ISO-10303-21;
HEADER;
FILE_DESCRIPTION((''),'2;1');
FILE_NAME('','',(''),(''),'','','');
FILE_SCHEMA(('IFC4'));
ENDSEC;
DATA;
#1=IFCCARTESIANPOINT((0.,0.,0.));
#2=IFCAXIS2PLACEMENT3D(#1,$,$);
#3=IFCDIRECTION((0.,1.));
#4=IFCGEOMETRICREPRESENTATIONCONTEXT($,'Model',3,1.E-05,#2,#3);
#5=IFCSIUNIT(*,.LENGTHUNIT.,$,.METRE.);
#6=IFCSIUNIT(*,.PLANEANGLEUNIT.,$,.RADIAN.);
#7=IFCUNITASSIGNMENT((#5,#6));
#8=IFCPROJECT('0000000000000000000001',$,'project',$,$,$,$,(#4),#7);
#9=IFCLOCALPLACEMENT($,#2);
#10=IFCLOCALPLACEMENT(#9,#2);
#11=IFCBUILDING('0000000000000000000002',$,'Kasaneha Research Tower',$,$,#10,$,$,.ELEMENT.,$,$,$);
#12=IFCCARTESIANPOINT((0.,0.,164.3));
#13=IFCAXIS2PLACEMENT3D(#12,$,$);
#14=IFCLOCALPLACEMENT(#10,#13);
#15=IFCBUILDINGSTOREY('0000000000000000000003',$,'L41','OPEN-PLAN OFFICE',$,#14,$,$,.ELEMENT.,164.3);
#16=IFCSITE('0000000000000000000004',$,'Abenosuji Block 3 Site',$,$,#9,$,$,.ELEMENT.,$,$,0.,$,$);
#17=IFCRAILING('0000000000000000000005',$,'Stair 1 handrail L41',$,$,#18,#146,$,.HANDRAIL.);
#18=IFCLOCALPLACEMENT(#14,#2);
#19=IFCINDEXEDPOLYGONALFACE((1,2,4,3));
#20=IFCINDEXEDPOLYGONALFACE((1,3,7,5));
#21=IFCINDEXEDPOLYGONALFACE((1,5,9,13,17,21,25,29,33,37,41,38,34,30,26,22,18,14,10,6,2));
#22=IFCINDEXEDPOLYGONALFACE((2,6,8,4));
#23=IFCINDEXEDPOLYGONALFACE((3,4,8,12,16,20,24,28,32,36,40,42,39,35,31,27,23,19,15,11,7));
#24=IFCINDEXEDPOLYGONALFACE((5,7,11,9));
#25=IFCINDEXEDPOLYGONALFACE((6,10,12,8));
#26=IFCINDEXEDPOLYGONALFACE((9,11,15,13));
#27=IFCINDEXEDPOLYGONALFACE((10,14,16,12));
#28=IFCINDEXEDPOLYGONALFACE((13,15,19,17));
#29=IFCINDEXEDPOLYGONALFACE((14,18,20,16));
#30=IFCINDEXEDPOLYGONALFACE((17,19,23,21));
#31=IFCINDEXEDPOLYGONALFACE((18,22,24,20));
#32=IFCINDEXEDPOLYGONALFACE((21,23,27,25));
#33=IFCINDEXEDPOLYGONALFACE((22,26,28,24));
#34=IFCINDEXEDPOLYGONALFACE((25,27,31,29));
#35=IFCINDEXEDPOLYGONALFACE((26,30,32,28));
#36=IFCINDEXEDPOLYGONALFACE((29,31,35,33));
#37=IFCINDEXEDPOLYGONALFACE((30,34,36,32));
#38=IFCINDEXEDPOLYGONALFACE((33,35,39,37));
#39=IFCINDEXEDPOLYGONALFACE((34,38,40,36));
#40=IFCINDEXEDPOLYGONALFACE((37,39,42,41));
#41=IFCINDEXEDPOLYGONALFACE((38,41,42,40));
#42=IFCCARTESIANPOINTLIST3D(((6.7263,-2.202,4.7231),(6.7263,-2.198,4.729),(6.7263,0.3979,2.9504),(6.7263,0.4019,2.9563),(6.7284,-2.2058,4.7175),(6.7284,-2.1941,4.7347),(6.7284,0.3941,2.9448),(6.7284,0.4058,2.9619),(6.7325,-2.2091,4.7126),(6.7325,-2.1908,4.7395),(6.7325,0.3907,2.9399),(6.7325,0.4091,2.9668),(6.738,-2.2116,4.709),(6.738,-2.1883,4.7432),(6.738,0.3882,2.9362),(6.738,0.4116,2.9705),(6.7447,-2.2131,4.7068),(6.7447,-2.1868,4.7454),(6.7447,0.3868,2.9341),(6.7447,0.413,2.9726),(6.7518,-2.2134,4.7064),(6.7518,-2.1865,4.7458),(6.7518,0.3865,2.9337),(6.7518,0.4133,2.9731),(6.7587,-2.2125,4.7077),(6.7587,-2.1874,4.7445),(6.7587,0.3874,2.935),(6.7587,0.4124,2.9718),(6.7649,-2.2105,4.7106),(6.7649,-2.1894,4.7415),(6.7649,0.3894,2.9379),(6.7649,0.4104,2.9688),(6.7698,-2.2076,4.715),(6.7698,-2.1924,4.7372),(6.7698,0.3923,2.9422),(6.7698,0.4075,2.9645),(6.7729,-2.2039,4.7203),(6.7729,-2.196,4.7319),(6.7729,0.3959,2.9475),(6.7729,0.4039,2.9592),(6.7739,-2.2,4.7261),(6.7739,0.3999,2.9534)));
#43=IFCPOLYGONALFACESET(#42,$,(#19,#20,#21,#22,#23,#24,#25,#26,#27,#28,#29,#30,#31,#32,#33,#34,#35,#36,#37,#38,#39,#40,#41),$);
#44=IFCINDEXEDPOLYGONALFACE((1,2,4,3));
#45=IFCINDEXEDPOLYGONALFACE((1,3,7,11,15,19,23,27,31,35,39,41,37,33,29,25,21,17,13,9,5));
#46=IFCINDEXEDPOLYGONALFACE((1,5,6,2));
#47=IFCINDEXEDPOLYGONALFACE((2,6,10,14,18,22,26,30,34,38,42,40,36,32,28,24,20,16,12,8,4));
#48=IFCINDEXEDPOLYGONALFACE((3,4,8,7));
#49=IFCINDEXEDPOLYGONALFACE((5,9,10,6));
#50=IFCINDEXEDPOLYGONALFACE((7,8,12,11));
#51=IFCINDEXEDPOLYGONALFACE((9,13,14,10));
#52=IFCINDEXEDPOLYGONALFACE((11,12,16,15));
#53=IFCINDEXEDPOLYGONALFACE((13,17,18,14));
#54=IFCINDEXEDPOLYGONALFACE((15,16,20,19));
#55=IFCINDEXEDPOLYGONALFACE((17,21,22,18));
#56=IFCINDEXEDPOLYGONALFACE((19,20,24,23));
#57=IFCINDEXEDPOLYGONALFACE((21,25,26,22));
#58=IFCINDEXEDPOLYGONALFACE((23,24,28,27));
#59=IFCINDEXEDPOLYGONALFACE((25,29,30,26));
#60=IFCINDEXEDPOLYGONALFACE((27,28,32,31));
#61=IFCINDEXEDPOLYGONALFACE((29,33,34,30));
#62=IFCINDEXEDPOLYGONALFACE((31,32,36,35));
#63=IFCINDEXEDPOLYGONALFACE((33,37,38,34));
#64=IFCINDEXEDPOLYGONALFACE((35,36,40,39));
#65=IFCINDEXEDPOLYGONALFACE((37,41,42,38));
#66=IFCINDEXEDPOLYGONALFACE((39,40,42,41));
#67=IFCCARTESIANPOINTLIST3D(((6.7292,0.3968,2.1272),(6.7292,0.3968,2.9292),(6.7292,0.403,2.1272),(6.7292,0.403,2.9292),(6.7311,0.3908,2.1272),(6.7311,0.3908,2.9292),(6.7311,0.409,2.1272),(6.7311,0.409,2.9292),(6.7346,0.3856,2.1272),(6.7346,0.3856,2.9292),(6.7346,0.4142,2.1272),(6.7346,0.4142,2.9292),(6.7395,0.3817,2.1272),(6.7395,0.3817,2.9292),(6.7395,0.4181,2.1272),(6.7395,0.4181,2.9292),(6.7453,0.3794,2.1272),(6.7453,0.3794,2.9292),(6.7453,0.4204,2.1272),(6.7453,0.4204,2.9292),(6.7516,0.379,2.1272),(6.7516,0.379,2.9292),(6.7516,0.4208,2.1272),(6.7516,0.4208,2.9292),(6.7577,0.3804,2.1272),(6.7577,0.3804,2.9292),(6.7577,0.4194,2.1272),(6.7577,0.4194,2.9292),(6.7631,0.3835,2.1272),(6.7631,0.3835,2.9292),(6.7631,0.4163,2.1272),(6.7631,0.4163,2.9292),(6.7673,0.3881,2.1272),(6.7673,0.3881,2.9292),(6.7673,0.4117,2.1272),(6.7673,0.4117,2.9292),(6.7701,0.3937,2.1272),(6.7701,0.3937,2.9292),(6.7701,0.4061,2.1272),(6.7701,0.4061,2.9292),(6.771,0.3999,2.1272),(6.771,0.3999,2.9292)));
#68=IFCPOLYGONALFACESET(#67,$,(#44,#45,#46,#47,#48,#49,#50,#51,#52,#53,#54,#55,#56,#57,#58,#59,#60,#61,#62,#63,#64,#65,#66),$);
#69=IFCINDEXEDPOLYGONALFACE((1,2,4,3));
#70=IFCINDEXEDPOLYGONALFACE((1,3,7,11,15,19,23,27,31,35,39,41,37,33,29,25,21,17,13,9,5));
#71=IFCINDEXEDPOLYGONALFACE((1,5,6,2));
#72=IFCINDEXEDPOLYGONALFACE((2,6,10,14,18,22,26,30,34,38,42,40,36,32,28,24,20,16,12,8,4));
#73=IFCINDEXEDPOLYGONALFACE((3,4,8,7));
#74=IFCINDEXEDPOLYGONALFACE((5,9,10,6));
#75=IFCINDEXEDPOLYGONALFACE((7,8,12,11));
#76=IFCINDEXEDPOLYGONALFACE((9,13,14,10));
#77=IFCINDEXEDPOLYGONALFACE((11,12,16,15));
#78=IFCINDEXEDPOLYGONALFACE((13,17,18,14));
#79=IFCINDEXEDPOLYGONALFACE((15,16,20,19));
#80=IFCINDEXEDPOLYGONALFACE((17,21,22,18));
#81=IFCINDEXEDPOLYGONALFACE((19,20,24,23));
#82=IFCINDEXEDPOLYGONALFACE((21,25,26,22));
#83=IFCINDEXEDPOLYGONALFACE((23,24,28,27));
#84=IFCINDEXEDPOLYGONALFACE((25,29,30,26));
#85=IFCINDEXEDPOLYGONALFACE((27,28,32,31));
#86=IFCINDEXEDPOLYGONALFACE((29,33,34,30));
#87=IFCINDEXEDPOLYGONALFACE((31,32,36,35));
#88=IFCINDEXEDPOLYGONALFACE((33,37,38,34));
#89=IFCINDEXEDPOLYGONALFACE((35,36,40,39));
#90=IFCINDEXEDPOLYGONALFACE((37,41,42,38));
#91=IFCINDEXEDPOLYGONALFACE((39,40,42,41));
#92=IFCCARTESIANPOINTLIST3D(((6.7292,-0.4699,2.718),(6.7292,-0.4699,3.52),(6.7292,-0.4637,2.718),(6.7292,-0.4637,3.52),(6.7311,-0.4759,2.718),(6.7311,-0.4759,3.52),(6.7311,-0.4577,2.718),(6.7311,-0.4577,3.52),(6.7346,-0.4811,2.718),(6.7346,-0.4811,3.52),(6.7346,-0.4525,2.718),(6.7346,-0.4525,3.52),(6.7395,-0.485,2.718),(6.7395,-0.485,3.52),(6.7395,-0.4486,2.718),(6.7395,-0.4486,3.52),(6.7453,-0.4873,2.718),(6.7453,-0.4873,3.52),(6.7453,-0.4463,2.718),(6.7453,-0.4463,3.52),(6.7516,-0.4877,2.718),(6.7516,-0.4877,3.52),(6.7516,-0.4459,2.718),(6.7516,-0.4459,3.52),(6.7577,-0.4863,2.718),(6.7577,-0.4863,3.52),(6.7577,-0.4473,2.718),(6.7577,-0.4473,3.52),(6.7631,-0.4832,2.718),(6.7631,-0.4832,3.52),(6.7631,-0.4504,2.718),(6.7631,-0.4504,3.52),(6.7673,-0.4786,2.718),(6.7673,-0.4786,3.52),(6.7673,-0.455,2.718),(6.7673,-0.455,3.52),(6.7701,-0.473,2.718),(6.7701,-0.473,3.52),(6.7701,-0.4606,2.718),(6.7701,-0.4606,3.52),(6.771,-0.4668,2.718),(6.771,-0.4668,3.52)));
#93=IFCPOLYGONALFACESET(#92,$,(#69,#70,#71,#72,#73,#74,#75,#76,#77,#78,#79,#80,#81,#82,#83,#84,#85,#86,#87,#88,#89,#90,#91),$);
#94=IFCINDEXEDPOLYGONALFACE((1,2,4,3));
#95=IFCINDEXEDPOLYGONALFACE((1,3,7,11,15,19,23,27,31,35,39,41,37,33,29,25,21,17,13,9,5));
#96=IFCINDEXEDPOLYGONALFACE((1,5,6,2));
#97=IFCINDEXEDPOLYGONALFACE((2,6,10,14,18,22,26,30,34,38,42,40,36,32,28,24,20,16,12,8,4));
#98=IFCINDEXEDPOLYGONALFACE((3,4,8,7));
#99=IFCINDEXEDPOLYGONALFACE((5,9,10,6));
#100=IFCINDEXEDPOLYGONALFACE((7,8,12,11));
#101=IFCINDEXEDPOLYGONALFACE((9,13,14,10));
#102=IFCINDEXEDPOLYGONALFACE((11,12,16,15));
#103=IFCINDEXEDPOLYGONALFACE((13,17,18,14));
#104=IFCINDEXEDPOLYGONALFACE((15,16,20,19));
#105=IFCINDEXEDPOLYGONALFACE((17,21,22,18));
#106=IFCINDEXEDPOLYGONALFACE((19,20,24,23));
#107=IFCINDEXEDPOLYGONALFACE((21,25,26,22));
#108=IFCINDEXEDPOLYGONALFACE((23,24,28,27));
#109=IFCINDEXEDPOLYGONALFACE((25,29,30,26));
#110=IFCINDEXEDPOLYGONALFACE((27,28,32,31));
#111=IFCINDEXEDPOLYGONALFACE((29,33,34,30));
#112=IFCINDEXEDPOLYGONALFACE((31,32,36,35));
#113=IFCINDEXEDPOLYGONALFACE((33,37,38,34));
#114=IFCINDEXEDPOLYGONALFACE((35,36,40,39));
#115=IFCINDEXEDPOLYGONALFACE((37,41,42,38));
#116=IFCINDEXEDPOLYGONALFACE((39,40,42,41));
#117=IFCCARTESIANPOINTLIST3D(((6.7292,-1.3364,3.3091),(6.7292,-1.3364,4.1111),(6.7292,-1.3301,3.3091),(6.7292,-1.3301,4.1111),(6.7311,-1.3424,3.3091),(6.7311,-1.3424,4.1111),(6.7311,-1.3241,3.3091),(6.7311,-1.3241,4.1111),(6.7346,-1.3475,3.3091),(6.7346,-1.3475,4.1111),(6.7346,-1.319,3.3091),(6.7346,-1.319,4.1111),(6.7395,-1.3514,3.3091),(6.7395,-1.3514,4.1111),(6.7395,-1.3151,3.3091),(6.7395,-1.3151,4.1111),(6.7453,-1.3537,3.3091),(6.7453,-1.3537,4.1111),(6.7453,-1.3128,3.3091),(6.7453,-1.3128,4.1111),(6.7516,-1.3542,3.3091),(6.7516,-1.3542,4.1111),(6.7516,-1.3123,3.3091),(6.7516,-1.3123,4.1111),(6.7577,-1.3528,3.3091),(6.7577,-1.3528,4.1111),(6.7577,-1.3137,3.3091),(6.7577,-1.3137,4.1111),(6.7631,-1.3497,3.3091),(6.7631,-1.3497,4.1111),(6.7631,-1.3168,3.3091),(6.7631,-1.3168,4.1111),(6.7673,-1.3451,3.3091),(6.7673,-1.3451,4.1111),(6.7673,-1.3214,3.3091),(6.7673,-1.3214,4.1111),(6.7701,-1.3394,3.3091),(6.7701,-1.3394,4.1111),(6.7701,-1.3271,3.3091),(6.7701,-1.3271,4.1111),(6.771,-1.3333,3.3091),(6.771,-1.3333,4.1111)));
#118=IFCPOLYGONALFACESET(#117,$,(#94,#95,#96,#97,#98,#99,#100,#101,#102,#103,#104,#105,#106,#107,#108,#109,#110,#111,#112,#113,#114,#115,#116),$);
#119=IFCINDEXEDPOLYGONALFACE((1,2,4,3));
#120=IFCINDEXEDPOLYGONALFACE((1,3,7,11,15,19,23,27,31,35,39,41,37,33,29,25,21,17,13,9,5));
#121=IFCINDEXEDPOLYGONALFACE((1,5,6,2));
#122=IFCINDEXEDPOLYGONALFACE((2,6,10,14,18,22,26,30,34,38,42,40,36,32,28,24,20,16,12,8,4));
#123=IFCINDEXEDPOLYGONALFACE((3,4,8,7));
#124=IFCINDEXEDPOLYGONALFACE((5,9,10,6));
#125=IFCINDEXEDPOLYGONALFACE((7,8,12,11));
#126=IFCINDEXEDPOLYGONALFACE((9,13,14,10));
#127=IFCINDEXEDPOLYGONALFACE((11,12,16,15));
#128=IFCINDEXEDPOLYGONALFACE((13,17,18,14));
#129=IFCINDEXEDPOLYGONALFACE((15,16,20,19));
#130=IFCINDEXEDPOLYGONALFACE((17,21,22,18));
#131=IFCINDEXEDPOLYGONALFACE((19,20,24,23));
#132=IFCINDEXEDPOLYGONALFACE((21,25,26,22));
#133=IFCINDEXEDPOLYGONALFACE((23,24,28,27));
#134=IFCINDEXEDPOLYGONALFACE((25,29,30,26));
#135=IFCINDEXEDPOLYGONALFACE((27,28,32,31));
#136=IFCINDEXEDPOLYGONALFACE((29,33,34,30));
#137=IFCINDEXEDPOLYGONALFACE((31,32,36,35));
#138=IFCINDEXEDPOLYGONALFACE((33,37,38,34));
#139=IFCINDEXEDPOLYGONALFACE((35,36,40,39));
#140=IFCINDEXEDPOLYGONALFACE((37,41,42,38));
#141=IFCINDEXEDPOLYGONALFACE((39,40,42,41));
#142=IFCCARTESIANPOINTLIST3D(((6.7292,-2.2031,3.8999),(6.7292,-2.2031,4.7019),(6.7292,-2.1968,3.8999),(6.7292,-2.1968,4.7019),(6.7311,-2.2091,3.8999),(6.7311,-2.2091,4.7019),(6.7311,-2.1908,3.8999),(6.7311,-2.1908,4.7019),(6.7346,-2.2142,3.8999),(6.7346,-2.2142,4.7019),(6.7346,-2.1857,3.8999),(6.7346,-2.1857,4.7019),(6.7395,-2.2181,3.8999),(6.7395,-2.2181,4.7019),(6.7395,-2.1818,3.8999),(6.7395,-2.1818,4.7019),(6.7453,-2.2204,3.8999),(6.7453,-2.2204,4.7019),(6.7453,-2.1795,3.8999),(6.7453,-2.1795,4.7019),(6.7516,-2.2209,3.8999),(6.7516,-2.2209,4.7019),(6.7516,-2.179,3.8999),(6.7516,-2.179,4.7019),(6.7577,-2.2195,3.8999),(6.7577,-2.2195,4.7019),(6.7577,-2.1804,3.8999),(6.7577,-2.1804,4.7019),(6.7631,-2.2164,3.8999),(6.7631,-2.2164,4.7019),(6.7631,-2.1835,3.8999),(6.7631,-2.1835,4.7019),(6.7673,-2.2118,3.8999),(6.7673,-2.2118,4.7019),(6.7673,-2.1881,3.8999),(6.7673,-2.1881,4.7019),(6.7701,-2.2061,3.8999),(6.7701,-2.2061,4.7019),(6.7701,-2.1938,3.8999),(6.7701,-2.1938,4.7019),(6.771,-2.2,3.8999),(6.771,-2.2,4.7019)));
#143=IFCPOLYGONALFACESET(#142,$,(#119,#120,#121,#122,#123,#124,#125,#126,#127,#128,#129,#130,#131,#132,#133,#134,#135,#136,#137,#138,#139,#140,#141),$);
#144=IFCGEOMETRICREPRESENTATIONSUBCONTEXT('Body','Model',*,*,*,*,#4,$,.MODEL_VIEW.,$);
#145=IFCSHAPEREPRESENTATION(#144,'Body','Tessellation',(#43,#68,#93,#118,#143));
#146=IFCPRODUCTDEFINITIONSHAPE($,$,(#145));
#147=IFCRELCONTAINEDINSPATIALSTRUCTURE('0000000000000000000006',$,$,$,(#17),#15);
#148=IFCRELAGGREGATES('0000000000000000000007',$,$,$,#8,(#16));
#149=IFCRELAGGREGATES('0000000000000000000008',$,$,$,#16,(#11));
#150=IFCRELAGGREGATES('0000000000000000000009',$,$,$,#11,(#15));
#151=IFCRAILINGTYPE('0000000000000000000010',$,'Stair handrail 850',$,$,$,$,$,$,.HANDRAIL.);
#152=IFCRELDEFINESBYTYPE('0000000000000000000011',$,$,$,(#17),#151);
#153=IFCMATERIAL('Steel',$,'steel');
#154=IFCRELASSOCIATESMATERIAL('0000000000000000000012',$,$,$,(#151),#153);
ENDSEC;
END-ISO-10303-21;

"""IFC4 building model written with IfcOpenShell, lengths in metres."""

from ifc_helpers import new_model, si_unit, direction, frame, origin, origin_2d, place, context, subcontext, project, spatial, circle, extrude, material, type_object, element, save


model = new_model("IFC4")

# Units and contexts
model_context = context("Model", 3, precision=1e-05, world=origin(), true_north=direction((0.0, 1.0)))
body_context = subcontext(model_context, "Body", "Model", "MODEL_VIEW")
ifc_project = project(units=[si_unit("LENGTHUNIT", "METRE"), si_unit("PLANEANGLEUNIT", "RADIAN")], contexts=[model_context])

# Site, building, storey
site_placement = place(None, origin())
site = spatial("IfcSite", under=ifc_project, at=site_placement, Name="Abenosuji Block 3 Site", CompositionType="ELEMENT", RefElevation=0.0)
building_placement = place(site_placement, origin())
building = spatial("IfcBuilding", under=site, at=building_placement, Name="Kasaneha Research Tower", CompositionType="ELEMENT")
storey_placement = place(building_placement, frame((0.0, 0.0, 164.3)))
storey = spatial("IfcBuildingStorey", under=building, at=storey_placement, Name="L41", Description="OPEN-PLAN OFFICE", CompositionType="ELEMENT", Elevation=164.3)

# Railing
ifc_material_1 = material(Name="Steel", Category="steel")
railing_type_1 = type_object("IfcRailingType", Name="Stair handrail 850", PredefinedType="HANDRAIL", material=ifc_material_1)
railing_1_placement = place(storey_placement, frame((6.75, 0.3999, 2.1272)))
element("IfcRailing", 1, at=railing_1_placement, inside=storey, type_object=railing_type_1, Name="Stair 1 handrail L41", PredefinedType="HANDRAIL", context=body_context, shape_type="SweptSolid", body=[
    extrude(circle(Radius=0.0239, at=origin_2d()), frame((0.0, 0.0, 0.8262), z_axis=(0.0, -0.826216, 0.563354), x_axis=(1.0, 0.0, 0.0)), (0.0, 0.0, 1.0), 3.1467),
    extrude(circle(Radius=0.021, at=origin_2d()), origin(), (0.0, 0.0, 1.0), 0.802),
    extrude(circle(Radius=0.021, at=origin_2d()), frame((0.0, -0.8667, 0.5908)), (0.0, 0.0, 1.0), 0.802),
    extrude(circle(Radius=0.021, at=origin_2d()), frame((0.0, -1.7332, 1.1819)), (0.0, 0.0, 1.0), 0.802),
    extrude(circle(Radius=0.021, at=origin_2d()), frame((0.0, -2.5999, 1.7727)), (0.0, 0.0, 1.0), 0.802),
])

save(model, "model.ifc")
